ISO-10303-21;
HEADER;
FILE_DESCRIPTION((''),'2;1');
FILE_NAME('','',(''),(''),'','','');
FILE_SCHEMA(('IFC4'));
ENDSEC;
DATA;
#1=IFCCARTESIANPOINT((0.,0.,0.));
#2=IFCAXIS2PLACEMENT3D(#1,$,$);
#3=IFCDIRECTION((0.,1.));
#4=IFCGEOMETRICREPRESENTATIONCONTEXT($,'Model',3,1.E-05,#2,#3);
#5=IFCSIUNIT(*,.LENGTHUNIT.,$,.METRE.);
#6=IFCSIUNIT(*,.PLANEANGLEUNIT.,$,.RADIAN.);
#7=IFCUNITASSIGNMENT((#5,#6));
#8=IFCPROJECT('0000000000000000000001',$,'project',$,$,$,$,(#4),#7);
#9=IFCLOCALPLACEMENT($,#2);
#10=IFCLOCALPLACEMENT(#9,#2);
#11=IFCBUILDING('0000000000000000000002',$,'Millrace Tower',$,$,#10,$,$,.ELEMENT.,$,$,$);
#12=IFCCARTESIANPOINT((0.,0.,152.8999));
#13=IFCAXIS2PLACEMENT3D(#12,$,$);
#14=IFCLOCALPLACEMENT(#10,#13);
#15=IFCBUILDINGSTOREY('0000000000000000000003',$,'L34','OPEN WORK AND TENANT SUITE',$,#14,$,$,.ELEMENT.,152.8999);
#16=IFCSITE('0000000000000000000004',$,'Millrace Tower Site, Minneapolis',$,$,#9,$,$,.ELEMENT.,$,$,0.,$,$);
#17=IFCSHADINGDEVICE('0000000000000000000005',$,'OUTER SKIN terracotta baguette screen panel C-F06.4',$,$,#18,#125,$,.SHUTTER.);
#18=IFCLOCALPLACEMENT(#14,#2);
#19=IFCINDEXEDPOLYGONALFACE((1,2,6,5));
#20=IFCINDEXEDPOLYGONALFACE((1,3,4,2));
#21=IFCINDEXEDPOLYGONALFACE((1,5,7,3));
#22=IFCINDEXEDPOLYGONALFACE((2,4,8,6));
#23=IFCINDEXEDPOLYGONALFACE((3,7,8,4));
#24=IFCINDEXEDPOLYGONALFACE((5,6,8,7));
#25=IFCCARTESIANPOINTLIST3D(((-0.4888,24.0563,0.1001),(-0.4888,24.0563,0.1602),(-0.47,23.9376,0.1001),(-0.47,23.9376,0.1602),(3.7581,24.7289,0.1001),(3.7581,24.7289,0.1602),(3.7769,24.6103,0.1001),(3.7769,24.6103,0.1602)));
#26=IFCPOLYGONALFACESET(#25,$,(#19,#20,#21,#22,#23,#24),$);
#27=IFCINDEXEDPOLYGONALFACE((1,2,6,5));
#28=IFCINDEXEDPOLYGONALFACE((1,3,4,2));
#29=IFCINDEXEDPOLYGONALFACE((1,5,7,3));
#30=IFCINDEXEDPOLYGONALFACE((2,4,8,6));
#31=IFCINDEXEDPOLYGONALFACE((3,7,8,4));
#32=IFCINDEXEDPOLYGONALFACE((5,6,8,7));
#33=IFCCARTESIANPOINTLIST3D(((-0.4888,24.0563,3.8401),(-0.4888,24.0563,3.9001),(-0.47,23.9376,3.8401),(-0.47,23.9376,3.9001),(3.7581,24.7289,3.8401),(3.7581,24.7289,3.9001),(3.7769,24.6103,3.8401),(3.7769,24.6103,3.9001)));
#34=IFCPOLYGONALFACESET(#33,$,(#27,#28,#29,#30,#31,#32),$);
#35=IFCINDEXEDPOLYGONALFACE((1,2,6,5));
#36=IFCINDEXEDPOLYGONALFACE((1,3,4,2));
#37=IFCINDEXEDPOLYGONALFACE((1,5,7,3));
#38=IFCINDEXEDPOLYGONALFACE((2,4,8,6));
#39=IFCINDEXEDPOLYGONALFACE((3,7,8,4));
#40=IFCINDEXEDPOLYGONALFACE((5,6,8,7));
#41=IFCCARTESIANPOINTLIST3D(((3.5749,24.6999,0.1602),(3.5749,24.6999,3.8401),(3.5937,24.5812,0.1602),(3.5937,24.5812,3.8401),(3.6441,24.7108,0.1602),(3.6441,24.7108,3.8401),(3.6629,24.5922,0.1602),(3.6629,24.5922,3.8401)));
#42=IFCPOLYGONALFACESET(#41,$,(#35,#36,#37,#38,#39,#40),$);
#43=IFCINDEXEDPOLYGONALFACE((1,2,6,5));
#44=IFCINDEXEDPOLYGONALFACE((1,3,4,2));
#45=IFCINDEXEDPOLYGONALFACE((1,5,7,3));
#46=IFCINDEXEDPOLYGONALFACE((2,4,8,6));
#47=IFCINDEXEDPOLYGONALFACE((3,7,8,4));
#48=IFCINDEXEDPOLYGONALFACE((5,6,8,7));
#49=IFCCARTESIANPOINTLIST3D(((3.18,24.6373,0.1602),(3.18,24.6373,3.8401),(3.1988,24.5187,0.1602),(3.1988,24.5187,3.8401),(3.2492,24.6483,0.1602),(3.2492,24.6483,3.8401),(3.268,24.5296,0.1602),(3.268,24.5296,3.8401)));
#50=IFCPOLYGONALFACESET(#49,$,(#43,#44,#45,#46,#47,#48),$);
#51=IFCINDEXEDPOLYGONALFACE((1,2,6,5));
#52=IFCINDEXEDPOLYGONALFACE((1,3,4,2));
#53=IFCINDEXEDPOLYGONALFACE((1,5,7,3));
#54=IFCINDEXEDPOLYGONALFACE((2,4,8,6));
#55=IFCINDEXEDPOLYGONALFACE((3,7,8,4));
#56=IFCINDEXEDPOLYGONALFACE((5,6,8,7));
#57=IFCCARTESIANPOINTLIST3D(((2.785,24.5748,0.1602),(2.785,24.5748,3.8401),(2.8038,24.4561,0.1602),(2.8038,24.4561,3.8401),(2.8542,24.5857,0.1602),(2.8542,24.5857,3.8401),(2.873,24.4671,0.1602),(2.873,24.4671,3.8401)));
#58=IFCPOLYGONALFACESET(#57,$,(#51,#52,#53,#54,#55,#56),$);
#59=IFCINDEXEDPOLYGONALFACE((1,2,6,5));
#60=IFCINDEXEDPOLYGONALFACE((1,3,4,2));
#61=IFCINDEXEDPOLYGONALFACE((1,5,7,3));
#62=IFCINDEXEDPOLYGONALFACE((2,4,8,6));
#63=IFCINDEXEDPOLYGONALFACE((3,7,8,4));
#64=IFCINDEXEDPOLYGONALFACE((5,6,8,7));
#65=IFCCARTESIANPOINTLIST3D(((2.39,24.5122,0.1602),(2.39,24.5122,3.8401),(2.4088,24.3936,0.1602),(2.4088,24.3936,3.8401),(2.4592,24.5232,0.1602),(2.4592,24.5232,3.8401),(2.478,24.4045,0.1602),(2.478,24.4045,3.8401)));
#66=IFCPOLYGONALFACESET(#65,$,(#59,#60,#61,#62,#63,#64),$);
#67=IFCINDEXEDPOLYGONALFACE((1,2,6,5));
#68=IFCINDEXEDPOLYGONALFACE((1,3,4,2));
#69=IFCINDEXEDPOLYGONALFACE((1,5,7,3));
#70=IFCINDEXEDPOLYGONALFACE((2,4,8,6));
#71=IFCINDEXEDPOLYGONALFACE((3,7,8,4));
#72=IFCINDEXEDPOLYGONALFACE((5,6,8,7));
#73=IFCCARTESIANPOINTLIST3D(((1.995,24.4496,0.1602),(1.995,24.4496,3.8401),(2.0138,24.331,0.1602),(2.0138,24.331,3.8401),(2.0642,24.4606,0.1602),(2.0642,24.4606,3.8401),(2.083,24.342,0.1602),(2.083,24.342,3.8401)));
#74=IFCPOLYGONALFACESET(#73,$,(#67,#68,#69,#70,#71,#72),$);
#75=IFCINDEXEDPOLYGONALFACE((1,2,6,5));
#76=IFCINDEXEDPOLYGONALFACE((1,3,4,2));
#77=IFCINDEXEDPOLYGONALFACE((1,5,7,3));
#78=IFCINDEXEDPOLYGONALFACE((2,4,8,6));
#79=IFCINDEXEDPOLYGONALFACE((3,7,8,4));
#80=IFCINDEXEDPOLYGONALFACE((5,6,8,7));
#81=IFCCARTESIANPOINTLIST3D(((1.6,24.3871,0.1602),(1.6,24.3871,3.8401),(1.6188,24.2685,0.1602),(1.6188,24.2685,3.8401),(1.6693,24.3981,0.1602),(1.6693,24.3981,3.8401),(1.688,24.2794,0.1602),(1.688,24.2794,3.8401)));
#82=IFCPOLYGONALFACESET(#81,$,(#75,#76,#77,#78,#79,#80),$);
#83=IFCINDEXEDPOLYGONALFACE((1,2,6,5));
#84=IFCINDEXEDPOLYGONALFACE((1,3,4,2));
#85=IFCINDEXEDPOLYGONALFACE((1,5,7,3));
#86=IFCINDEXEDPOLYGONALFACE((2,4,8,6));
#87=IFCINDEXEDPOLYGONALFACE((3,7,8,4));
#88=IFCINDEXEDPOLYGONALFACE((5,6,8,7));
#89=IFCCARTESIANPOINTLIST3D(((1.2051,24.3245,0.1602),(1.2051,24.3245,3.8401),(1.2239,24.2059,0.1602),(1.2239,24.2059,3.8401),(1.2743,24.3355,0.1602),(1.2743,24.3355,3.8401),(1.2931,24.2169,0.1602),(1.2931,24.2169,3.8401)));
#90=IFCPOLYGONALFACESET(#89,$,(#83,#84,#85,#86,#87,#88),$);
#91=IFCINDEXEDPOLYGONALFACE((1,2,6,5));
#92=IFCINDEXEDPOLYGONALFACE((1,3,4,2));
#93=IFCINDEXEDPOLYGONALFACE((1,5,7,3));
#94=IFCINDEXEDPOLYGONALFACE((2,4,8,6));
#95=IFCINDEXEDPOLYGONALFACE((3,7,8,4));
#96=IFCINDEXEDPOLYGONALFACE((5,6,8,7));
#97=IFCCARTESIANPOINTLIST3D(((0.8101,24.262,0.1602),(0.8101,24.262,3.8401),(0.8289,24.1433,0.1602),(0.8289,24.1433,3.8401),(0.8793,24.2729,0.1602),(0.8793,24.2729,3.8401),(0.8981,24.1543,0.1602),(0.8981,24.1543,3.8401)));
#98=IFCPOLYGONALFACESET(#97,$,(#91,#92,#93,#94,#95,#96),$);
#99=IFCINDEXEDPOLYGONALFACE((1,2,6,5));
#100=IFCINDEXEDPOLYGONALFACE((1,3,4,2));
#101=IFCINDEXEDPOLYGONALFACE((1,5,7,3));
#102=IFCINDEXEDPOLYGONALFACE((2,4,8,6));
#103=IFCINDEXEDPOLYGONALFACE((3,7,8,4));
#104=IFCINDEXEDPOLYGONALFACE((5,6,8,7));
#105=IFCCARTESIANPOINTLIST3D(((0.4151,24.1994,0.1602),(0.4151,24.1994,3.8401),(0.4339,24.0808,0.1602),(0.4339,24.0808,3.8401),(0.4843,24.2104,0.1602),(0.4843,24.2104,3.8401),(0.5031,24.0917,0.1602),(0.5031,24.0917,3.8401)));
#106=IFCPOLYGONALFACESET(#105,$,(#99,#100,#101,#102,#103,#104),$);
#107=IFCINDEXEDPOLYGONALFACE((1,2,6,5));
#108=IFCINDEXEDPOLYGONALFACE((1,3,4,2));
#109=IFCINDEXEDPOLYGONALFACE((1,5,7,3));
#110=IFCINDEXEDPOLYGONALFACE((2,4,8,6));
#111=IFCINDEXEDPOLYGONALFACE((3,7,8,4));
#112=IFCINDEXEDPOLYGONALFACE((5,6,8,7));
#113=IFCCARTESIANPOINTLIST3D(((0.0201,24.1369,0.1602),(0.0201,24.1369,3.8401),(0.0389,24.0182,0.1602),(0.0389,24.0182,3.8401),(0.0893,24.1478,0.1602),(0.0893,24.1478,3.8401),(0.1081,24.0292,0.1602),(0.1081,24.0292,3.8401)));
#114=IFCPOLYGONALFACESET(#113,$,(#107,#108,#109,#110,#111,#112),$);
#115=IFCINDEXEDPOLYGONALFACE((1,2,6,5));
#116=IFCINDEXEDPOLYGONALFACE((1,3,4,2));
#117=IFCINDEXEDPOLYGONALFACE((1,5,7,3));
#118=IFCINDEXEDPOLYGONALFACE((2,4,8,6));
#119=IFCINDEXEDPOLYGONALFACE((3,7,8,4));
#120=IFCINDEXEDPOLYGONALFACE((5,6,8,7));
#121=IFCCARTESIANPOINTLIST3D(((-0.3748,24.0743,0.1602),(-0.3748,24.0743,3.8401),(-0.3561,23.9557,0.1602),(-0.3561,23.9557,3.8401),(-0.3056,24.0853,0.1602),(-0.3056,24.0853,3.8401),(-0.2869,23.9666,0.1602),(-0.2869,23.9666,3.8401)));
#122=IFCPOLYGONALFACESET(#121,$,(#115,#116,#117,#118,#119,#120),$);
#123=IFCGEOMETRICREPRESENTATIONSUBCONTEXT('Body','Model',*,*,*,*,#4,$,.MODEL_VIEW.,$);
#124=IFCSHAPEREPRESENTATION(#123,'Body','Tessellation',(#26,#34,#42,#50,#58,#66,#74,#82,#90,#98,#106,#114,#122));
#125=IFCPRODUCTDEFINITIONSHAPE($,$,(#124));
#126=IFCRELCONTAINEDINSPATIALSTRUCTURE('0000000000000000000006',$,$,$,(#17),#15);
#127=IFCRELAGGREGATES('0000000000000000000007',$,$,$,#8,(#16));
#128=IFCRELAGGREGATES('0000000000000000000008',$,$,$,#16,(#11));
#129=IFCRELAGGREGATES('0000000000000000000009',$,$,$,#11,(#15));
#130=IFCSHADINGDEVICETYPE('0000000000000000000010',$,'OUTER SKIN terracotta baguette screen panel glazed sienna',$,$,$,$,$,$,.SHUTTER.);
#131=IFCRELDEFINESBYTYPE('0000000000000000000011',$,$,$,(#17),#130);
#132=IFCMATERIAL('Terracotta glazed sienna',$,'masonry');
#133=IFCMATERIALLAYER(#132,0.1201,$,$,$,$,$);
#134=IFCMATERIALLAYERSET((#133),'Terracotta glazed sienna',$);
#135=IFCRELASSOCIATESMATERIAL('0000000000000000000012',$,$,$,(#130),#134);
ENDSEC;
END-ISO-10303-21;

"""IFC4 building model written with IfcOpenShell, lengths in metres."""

from ifc_helpers import new_model, entity, si_unit, direction, frame, frame_2d, origin, origin_2d, place, context, subcontext, project, spatial, rectangle, extrude, source, transform, mapped, material, layer, layer_set, type_object, element, save


model = new_model("IFC4")

# Units and contexts
model_context = context("Model", 3, precision=1e-05, world=origin(), true_north=direction((0.0, 1.0)))
body_context = subcontext(model_context, "Body", "Model", "MODEL_VIEW")
ifc_project = project(units=[si_unit("LENGTHUNIT", "METRE"), si_unit("PLANEANGLEUNIT", "RADIAN")], contexts=[model_context])

# Site, building, storey
site_placement = place(None, origin())
site = spatial("IfcSite", under=ifc_project, at=site_placement, Name="Millrace Tower Site, Minneapolis", CompositionType="ELEMENT", RefElevation=0.0)
building_placement = place(site_placement, origin())
building = spatial("IfcBuilding", under=site, at=building_placement, Name="Millrace Tower", CompositionType="ELEMENT")
storey_placement = place(building_placement, frame((0.0, 0.0, 152.8999)))
storey = spatial("IfcBuildingStorey", under=building, at=storey_placement, Name="L34", Description="OPEN WORK AND TENANT SUITE", CompositionType="ELEMENT", Elevation=152.8999)

# Shading device
ifc_material_1 = material(Name="Terracotta glazed sienna", Category="masonry")
ifc_layer_1 = layer(ifc_material_1, 0.1201)
ifc_layer_set_1 = layer_set([ifc_layer_1], Name="Terracotta glazed sienna")
shading_device_type = type_object("IfcShadingDeviceType", Name="OUTER SKIN terracotta baguette screen panel glazed sienna", PredefinedType="SHUTTER", material=ifc_layer_set_1)
cartesian_point_1 = entity("IfcCartesianPoint", [-2.1499, 0.0601])
shared_polyline_1 = entity("IfcPolyline", [cartesian_point_1, entity("IfcCartesianPoint", [2.1499, 0.0601]), entity("IfcCartesianPoint", [2.1499, -0.0601]), entity("IfcCartesianPoint", [-2.1499, -0.0601]), cartesian_point_1])
shared_shape_1 = source(origin(), body_context, "Body", "SweptSolid", [
    entity("IfcExtrudedAreaSolid", entity("IfcArbitraryClosedProfileDef", "AREA", None, shared_polyline_1), entity("IfcAxis2Placement3D", entity("IfcCartesianPoint", [0.0, 0.0, 0.0])), entity("IfcDirection", [0.0, 0.0, 1.0]), 0.0601),
    entity("IfcExtrudedAreaSolid", entity("IfcArbitraryClosedProfileDef", "AREA", None, shared_polyline_1), entity("IfcAxis2Placement3D", entity("IfcCartesianPoint", [0.0, 0.0, 3.74])), entity("IfcDirection", [0.0, 0.0, 1.0]), 0.0601),
    extrude(rectangle(XDim=0.0701, YDim=0.1201, at=frame_2d((-1.9995, 0.0))), frame((0.0, 0.0, 0.0601)), (0.0, 0.0, 1.0), 3.6799),
    extrude(rectangle(XDim=0.0701, YDim=0.1201, at=frame_2d((-1.5996, 0.0))), frame((0.0, 0.0, 0.0601)), (0.0, 0.0, 1.0), 3.6799),
    extrude(rectangle(XDim=0.0701, YDim=0.1201, at=frame_2d((-1.1997, 0.0))), frame((0.0, 0.0, 0.0601)), (0.0, 0.0, 1.0), 3.6799),
    extrude(rectangle(XDim=0.0701, YDim=0.1201, at=frame_2d((-0.7998, 0.0))), frame((0.0, 0.0, 0.0601)), (0.0, 0.0, 1.0), 3.6799),
    extrude(rectangle(XDim=0.0701, YDim=0.1201, at=frame_2d((-0.3999, 0.0))), frame((0.0, 0.0, 0.0601)), (0.0, 0.0, 1.0), 3.6799),
    extrude(rectangle(XDim=0.0701, YDim=0.1201, at=origin_2d()), frame((0.0, 0.0, 0.0601)), (0.0, 0.0, 1.0), 3.6799),
    extrude(rectangle(XDim=0.0701, YDim=0.1201, at=frame_2d((0.3999, 0.0))), frame((0.0, 0.0, 0.0601)), (0.0, 0.0, 1.0), 3.6799),
    extrude(rectangle(XDim=0.0701, YDim=0.1201, at=frame_2d((0.7998, 0.0))), frame((0.0, 0.0, 0.0601)), (0.0, 0.0, 1.0), 3.6799),
    extrude(rectangle(XDim=0.0701, YDim=0.1201, at=frame_2d((1.1997, 0.0))), frame((0.0, 0.0, 0.0601)), (0.0, 0.0, 1.0), 3.6799),
    extrude(rectangle(XDim=0.0701, YDim=0.1201, at=frame_2d((1.5996, 0.0))), frame((0.0, 0.0, 0.0601)), (0.0, 0.0, 1.0), 3.6799),
    extrude(rectangle(XDim=0.0701, YDim=0.1201, at=frame_2d((1.9995, 0.0))), frame((0.0, 0.0, 0.0601)), (0.0, 0.0, 1.0), 3.6799),
])
for number, where, z_axis, x_axis, name in (
    (1, (1.644, 24.3333, 0.1001), (0.0, 0.0, 1.0), (-0.987688, -0.156434, 0.0), "OUTER SKIN terracotta baguette screen panel C-F06.4"),
):
    element("IfcShadingDevice", number, at=place(storey_placement, frame(where, z_axis=z_axis, x_axis=x_axis)), inside=storey, type_object=shading_device_type, Name=name, PredefinedType="SHUTTER", context=body_context, shape_type="MappedRepresentation", body=[
        mapped(shared_shape_1, transform((0.0, 0.0, 0.0), scale=1.0)),
    ])

save(model, "model.ifc")
